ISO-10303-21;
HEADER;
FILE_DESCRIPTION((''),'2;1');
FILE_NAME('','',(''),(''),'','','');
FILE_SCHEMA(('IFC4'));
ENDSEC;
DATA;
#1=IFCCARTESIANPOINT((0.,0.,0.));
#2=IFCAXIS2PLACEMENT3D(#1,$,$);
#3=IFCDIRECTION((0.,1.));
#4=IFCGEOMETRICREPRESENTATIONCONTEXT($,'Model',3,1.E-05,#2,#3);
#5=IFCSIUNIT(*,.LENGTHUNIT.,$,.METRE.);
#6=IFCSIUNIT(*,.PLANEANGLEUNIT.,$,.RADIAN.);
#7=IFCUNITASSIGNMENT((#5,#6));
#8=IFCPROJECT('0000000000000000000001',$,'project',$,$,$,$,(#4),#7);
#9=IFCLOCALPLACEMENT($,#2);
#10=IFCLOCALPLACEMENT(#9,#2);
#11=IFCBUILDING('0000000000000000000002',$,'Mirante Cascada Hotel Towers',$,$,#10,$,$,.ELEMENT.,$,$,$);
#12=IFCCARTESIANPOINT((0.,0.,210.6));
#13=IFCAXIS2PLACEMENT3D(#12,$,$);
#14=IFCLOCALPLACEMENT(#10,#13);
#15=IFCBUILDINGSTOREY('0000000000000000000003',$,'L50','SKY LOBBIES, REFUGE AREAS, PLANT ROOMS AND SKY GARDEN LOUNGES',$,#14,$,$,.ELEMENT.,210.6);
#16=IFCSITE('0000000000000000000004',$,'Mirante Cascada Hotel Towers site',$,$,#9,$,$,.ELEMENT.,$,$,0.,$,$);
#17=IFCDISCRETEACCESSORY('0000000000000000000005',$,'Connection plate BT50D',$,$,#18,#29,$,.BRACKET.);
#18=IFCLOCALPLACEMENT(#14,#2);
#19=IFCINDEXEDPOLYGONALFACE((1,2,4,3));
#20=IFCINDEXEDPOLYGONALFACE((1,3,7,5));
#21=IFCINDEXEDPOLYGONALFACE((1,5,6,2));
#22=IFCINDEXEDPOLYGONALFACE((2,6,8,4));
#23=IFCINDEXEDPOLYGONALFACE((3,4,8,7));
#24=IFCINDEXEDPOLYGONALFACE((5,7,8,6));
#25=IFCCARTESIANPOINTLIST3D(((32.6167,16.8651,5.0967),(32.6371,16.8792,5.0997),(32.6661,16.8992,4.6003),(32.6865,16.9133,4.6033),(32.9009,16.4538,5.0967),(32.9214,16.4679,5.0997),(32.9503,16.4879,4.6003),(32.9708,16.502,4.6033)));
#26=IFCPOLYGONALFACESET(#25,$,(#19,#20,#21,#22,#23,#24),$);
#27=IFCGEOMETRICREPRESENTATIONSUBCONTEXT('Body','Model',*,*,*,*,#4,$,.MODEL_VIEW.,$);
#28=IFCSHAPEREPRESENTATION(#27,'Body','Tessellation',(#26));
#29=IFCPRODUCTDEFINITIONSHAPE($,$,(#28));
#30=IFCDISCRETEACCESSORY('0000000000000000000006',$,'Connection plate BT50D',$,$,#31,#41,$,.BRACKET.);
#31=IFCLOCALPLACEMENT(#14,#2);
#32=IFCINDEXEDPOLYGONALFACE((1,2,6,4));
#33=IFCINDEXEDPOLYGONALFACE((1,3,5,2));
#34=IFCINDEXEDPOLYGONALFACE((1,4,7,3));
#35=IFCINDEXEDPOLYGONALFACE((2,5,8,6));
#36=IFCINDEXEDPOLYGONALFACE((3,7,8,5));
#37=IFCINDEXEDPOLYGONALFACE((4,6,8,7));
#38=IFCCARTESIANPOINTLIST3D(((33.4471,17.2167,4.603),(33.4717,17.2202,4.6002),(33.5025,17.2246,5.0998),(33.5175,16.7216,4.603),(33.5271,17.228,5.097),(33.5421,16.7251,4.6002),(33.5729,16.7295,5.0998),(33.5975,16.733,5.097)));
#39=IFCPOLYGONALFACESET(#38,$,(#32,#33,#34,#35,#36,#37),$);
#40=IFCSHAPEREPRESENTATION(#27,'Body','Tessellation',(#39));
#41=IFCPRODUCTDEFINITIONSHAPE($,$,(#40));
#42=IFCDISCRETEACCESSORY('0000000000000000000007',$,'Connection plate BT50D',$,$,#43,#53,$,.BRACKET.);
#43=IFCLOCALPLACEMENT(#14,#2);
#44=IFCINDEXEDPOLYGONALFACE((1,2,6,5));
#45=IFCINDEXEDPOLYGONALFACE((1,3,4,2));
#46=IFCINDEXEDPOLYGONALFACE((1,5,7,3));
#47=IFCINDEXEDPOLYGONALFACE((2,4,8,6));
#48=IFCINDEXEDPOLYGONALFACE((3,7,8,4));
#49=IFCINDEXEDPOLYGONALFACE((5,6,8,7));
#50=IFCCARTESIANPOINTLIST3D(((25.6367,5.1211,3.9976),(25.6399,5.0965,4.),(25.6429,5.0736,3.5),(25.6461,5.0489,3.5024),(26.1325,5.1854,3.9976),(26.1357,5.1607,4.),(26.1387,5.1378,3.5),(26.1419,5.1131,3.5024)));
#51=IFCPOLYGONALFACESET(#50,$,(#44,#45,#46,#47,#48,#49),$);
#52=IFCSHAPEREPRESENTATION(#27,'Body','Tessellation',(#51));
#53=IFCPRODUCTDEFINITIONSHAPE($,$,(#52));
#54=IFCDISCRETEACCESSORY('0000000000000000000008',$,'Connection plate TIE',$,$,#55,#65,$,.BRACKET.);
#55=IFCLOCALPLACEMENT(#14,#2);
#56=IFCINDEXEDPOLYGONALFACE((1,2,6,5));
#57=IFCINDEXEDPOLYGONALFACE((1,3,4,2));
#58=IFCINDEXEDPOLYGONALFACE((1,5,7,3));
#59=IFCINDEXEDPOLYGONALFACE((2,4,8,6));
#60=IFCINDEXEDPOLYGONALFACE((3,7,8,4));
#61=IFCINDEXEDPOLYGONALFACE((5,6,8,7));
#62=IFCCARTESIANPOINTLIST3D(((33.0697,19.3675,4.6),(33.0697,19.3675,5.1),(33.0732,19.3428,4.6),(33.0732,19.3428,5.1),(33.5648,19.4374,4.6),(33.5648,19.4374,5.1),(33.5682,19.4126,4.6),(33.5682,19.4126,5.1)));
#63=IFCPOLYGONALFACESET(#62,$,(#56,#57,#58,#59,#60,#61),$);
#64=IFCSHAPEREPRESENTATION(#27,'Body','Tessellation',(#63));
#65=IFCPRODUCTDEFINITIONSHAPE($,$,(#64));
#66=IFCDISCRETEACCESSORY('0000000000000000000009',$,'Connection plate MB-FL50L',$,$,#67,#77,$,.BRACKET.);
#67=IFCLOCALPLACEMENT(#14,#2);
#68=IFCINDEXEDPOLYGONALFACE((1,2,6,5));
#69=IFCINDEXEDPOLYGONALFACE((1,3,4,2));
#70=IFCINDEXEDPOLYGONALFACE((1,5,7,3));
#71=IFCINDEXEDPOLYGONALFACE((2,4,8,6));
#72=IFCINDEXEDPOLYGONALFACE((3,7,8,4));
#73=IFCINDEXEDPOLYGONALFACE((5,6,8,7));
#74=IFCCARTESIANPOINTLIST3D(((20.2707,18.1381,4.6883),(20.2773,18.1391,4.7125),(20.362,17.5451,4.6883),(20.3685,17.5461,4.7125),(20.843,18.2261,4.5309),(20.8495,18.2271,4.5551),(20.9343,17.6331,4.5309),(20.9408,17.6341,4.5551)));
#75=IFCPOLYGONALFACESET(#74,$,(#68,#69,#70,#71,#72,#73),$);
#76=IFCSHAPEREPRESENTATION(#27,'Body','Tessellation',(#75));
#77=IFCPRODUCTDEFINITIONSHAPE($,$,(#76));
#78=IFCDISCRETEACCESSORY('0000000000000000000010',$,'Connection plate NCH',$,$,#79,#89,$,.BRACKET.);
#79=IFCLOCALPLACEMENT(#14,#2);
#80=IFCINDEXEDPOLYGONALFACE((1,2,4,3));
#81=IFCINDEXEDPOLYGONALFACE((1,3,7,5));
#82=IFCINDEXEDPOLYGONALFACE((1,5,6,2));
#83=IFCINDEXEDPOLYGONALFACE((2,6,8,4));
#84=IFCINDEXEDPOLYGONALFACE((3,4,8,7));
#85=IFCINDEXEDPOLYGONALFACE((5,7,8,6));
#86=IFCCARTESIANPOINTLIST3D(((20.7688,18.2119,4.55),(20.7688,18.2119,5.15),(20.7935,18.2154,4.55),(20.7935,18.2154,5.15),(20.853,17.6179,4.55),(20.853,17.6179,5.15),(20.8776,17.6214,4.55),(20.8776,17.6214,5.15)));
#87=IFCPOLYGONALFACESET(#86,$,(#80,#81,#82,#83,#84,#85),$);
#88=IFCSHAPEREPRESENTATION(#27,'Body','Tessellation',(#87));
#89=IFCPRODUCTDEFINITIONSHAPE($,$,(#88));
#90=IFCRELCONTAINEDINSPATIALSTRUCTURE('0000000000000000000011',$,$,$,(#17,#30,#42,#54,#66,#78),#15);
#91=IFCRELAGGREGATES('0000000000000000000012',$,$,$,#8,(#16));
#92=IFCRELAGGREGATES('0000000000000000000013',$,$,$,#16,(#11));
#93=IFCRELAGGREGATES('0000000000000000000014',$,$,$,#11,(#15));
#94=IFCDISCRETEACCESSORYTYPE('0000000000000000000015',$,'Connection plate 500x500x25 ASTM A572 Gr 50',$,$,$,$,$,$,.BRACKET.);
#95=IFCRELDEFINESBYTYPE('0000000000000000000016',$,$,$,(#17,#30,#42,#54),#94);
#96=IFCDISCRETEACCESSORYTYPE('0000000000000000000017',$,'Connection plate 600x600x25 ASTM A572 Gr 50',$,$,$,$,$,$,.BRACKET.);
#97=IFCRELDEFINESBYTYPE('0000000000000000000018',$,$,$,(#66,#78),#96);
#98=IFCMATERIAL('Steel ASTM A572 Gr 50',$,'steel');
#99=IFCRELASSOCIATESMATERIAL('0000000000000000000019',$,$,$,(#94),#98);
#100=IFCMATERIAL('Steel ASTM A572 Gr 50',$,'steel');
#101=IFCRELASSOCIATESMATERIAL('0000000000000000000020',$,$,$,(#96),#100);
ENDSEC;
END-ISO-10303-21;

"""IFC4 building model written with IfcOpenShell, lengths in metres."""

from ifc_helpers import new_model, si_unit, direction, frame, origin, origin_2d, place, context, subcontext, project, spatial, rectangle, extrude, material, material_profile, profile_set, type_object, element, save


model = new_model("IFC4")

# Units and contexts
model_context = context("Model", 3, precision=1e-05, world=origin(), true_north=direction((0.0, 1.0)))
body_context = subcontext(model_context, "Body", "Model", "MODEL_VIEW")
ifc_project = project(units=[si_unit("LENGTHUNIT", "METRE"), si_unit("PLANEANGLEUNIT", "RADIAN")], contexts=[model_context])

# Site, building, storey
site_placement = place(None, origin())
site = spatial("IfcSite", under=ifc_project, at=site_placement, Name="Mirante Cascada Hotel Towers site", CompositionType="ELEMENT", RefElevation=0.0)
building_placement = place(site_placement, origin())
building = spatial("IfcBuilding", under=site, at=building_placement, Name="Mirante Cascada Hotel Towers", CompositionType="ELEMENT")
storey_placement = place(building_placement, frame((0.0, 0.0, 210.6)))
storey = spatial("IfcBuildingStorey", under=building, at=storey_placement, Name="L50", Description="SKY LOBBIES, REFUGE AREAS, PLANT ROOMS AND SKY GARDEN LOUNGES", CompositionType="ELEMENT", Elevation=210.6)

# Discrete accessories
ifc_material_1 = material(Name="Steel ASTM A572 Gr 50", Category="steel")
ifc_material_profile_1 = material_profile(ifc_material_1, rectangle(XDim=0.5, YDim=0.5, at=origin_2d()), Name="Connection plate 500x500x25 ASTM A572 Gr 50")
ifc_profile_set_1 = profile_set([ifc_material_profile_1], Name="Steel ASTM A572 Gr 50")
discrete_accessory_type_1 = type_object("IfcDiscreteAccessoryType", Name="Connection plate 500x500x25 ASTM A572 Gr 50", PredefinedType="BRACKET", material=ifc_profile_set_1)
for number, where, z_axis, x_axis, name in (
    (1, (32.7835, 16.6765, 4.8485), (0.816673, 0.564465, 0.120099), (-0.568581, 0.822627, 0.0), "Connection plate BT50D"),
    (2, (33.51, 16.9731, 4.8514), (0.983803, 0.139972, -0.111978), (-0.140858, 0.99003, 0.0), "Connection plate BT50D"),
    (3, (25.8909, 5.1048, 3.7512), (-0.127888, 0.98714, -0.095916), (-0.991712, -0.128481, 0.0), "Connection plate BT50D"),
    (4, (33.3207, 19.3777, 4.85), (-0.139744, 0.990188, 0.0), (-0.990188, -0.139744, 0.0), "Connection plate TIE"),
):
    element("IfcDiscreteAccessory", number, at=place(storey_placement, frame(where, z_axis=z_axis, x_axis=x_axis)), inside=storey, type_object=discrete_accessory_type_1, Name=name, PredefinedType="BRACKET", context=body_context, shape_type="SweptSolid", body=[
        extrude(rectangle(XDim=0.5, YDim=0.5, at=origin_2d()), origin(), (0.0, 0.0, 1.0), 0.025),
    ])
ifc_material_2 = material(Name="Steel ASTM A572 Gr 50", Category="steel")
ifc_material_profile_2 = material_profile(ifc_material_2, rectangle(XDim=0.6, YDim=0.6, at=origin_2d()), Name="Connection plate 600x600x25 ASTM A572 Gr 50")
ifc_profile_set_2 = profile_set([ifc_material_profile_2], Name="Steel ASTM A572 Gr 50")
discrete_accessory_type_2 = type_object("IfcDiscreteAccessoryType", Name="Connection plate 600x600x25 ASTM A572 Gr 50", PredefinedType="BRACKET", material=ifc_profile_set_2)
discrete_accessory_1_placement = place(storey_placement, frame((20.6025, 17.8856, 4.6096), z_axis=(0.259195, 0.039876, 0.965002), x_axis=(-0.152057, 0.988372, 0.0)))
element("IfcDiscreteAccessory", 5, at=discrete_accessory_1_placement, inside=storey, type_object=discrete_accessory_type_2, Name="Connection plate MB-FL50L", PredefinedType="BRACKET", context=body_context, shape_type="SweptSolid", body=[
    extrude(rectangle(XDim=0.6, YDim=0.6, at=origin_2d()), origin(), (0.0, 0.0, 1.0), 0.0251),
])
discrete_accessory_2_placement = place(storey_placement, frame((20.8109, 17.9149, 4.85), z_axis=(0.990109, 0.140299, 0.0), x_axis=(-0.140299, 0.990109, 0.0)))
element("IfcDiscreteAccessory", 6, at=discrete_accessory_2_placement, inside=storey, type_object=discrete_accessory_type_2, Name="Connection plate NCH", PredefinedType="BRACKET", context=body_context, shape_type="SweptSolid", body=[
    extrude(rectangle(XDim=0.6, YDim=0.6, at=origin_2d()), origin(), (0.0, 0.0, 1.0), 0.0249),
])

save(model, "model.ifc")
